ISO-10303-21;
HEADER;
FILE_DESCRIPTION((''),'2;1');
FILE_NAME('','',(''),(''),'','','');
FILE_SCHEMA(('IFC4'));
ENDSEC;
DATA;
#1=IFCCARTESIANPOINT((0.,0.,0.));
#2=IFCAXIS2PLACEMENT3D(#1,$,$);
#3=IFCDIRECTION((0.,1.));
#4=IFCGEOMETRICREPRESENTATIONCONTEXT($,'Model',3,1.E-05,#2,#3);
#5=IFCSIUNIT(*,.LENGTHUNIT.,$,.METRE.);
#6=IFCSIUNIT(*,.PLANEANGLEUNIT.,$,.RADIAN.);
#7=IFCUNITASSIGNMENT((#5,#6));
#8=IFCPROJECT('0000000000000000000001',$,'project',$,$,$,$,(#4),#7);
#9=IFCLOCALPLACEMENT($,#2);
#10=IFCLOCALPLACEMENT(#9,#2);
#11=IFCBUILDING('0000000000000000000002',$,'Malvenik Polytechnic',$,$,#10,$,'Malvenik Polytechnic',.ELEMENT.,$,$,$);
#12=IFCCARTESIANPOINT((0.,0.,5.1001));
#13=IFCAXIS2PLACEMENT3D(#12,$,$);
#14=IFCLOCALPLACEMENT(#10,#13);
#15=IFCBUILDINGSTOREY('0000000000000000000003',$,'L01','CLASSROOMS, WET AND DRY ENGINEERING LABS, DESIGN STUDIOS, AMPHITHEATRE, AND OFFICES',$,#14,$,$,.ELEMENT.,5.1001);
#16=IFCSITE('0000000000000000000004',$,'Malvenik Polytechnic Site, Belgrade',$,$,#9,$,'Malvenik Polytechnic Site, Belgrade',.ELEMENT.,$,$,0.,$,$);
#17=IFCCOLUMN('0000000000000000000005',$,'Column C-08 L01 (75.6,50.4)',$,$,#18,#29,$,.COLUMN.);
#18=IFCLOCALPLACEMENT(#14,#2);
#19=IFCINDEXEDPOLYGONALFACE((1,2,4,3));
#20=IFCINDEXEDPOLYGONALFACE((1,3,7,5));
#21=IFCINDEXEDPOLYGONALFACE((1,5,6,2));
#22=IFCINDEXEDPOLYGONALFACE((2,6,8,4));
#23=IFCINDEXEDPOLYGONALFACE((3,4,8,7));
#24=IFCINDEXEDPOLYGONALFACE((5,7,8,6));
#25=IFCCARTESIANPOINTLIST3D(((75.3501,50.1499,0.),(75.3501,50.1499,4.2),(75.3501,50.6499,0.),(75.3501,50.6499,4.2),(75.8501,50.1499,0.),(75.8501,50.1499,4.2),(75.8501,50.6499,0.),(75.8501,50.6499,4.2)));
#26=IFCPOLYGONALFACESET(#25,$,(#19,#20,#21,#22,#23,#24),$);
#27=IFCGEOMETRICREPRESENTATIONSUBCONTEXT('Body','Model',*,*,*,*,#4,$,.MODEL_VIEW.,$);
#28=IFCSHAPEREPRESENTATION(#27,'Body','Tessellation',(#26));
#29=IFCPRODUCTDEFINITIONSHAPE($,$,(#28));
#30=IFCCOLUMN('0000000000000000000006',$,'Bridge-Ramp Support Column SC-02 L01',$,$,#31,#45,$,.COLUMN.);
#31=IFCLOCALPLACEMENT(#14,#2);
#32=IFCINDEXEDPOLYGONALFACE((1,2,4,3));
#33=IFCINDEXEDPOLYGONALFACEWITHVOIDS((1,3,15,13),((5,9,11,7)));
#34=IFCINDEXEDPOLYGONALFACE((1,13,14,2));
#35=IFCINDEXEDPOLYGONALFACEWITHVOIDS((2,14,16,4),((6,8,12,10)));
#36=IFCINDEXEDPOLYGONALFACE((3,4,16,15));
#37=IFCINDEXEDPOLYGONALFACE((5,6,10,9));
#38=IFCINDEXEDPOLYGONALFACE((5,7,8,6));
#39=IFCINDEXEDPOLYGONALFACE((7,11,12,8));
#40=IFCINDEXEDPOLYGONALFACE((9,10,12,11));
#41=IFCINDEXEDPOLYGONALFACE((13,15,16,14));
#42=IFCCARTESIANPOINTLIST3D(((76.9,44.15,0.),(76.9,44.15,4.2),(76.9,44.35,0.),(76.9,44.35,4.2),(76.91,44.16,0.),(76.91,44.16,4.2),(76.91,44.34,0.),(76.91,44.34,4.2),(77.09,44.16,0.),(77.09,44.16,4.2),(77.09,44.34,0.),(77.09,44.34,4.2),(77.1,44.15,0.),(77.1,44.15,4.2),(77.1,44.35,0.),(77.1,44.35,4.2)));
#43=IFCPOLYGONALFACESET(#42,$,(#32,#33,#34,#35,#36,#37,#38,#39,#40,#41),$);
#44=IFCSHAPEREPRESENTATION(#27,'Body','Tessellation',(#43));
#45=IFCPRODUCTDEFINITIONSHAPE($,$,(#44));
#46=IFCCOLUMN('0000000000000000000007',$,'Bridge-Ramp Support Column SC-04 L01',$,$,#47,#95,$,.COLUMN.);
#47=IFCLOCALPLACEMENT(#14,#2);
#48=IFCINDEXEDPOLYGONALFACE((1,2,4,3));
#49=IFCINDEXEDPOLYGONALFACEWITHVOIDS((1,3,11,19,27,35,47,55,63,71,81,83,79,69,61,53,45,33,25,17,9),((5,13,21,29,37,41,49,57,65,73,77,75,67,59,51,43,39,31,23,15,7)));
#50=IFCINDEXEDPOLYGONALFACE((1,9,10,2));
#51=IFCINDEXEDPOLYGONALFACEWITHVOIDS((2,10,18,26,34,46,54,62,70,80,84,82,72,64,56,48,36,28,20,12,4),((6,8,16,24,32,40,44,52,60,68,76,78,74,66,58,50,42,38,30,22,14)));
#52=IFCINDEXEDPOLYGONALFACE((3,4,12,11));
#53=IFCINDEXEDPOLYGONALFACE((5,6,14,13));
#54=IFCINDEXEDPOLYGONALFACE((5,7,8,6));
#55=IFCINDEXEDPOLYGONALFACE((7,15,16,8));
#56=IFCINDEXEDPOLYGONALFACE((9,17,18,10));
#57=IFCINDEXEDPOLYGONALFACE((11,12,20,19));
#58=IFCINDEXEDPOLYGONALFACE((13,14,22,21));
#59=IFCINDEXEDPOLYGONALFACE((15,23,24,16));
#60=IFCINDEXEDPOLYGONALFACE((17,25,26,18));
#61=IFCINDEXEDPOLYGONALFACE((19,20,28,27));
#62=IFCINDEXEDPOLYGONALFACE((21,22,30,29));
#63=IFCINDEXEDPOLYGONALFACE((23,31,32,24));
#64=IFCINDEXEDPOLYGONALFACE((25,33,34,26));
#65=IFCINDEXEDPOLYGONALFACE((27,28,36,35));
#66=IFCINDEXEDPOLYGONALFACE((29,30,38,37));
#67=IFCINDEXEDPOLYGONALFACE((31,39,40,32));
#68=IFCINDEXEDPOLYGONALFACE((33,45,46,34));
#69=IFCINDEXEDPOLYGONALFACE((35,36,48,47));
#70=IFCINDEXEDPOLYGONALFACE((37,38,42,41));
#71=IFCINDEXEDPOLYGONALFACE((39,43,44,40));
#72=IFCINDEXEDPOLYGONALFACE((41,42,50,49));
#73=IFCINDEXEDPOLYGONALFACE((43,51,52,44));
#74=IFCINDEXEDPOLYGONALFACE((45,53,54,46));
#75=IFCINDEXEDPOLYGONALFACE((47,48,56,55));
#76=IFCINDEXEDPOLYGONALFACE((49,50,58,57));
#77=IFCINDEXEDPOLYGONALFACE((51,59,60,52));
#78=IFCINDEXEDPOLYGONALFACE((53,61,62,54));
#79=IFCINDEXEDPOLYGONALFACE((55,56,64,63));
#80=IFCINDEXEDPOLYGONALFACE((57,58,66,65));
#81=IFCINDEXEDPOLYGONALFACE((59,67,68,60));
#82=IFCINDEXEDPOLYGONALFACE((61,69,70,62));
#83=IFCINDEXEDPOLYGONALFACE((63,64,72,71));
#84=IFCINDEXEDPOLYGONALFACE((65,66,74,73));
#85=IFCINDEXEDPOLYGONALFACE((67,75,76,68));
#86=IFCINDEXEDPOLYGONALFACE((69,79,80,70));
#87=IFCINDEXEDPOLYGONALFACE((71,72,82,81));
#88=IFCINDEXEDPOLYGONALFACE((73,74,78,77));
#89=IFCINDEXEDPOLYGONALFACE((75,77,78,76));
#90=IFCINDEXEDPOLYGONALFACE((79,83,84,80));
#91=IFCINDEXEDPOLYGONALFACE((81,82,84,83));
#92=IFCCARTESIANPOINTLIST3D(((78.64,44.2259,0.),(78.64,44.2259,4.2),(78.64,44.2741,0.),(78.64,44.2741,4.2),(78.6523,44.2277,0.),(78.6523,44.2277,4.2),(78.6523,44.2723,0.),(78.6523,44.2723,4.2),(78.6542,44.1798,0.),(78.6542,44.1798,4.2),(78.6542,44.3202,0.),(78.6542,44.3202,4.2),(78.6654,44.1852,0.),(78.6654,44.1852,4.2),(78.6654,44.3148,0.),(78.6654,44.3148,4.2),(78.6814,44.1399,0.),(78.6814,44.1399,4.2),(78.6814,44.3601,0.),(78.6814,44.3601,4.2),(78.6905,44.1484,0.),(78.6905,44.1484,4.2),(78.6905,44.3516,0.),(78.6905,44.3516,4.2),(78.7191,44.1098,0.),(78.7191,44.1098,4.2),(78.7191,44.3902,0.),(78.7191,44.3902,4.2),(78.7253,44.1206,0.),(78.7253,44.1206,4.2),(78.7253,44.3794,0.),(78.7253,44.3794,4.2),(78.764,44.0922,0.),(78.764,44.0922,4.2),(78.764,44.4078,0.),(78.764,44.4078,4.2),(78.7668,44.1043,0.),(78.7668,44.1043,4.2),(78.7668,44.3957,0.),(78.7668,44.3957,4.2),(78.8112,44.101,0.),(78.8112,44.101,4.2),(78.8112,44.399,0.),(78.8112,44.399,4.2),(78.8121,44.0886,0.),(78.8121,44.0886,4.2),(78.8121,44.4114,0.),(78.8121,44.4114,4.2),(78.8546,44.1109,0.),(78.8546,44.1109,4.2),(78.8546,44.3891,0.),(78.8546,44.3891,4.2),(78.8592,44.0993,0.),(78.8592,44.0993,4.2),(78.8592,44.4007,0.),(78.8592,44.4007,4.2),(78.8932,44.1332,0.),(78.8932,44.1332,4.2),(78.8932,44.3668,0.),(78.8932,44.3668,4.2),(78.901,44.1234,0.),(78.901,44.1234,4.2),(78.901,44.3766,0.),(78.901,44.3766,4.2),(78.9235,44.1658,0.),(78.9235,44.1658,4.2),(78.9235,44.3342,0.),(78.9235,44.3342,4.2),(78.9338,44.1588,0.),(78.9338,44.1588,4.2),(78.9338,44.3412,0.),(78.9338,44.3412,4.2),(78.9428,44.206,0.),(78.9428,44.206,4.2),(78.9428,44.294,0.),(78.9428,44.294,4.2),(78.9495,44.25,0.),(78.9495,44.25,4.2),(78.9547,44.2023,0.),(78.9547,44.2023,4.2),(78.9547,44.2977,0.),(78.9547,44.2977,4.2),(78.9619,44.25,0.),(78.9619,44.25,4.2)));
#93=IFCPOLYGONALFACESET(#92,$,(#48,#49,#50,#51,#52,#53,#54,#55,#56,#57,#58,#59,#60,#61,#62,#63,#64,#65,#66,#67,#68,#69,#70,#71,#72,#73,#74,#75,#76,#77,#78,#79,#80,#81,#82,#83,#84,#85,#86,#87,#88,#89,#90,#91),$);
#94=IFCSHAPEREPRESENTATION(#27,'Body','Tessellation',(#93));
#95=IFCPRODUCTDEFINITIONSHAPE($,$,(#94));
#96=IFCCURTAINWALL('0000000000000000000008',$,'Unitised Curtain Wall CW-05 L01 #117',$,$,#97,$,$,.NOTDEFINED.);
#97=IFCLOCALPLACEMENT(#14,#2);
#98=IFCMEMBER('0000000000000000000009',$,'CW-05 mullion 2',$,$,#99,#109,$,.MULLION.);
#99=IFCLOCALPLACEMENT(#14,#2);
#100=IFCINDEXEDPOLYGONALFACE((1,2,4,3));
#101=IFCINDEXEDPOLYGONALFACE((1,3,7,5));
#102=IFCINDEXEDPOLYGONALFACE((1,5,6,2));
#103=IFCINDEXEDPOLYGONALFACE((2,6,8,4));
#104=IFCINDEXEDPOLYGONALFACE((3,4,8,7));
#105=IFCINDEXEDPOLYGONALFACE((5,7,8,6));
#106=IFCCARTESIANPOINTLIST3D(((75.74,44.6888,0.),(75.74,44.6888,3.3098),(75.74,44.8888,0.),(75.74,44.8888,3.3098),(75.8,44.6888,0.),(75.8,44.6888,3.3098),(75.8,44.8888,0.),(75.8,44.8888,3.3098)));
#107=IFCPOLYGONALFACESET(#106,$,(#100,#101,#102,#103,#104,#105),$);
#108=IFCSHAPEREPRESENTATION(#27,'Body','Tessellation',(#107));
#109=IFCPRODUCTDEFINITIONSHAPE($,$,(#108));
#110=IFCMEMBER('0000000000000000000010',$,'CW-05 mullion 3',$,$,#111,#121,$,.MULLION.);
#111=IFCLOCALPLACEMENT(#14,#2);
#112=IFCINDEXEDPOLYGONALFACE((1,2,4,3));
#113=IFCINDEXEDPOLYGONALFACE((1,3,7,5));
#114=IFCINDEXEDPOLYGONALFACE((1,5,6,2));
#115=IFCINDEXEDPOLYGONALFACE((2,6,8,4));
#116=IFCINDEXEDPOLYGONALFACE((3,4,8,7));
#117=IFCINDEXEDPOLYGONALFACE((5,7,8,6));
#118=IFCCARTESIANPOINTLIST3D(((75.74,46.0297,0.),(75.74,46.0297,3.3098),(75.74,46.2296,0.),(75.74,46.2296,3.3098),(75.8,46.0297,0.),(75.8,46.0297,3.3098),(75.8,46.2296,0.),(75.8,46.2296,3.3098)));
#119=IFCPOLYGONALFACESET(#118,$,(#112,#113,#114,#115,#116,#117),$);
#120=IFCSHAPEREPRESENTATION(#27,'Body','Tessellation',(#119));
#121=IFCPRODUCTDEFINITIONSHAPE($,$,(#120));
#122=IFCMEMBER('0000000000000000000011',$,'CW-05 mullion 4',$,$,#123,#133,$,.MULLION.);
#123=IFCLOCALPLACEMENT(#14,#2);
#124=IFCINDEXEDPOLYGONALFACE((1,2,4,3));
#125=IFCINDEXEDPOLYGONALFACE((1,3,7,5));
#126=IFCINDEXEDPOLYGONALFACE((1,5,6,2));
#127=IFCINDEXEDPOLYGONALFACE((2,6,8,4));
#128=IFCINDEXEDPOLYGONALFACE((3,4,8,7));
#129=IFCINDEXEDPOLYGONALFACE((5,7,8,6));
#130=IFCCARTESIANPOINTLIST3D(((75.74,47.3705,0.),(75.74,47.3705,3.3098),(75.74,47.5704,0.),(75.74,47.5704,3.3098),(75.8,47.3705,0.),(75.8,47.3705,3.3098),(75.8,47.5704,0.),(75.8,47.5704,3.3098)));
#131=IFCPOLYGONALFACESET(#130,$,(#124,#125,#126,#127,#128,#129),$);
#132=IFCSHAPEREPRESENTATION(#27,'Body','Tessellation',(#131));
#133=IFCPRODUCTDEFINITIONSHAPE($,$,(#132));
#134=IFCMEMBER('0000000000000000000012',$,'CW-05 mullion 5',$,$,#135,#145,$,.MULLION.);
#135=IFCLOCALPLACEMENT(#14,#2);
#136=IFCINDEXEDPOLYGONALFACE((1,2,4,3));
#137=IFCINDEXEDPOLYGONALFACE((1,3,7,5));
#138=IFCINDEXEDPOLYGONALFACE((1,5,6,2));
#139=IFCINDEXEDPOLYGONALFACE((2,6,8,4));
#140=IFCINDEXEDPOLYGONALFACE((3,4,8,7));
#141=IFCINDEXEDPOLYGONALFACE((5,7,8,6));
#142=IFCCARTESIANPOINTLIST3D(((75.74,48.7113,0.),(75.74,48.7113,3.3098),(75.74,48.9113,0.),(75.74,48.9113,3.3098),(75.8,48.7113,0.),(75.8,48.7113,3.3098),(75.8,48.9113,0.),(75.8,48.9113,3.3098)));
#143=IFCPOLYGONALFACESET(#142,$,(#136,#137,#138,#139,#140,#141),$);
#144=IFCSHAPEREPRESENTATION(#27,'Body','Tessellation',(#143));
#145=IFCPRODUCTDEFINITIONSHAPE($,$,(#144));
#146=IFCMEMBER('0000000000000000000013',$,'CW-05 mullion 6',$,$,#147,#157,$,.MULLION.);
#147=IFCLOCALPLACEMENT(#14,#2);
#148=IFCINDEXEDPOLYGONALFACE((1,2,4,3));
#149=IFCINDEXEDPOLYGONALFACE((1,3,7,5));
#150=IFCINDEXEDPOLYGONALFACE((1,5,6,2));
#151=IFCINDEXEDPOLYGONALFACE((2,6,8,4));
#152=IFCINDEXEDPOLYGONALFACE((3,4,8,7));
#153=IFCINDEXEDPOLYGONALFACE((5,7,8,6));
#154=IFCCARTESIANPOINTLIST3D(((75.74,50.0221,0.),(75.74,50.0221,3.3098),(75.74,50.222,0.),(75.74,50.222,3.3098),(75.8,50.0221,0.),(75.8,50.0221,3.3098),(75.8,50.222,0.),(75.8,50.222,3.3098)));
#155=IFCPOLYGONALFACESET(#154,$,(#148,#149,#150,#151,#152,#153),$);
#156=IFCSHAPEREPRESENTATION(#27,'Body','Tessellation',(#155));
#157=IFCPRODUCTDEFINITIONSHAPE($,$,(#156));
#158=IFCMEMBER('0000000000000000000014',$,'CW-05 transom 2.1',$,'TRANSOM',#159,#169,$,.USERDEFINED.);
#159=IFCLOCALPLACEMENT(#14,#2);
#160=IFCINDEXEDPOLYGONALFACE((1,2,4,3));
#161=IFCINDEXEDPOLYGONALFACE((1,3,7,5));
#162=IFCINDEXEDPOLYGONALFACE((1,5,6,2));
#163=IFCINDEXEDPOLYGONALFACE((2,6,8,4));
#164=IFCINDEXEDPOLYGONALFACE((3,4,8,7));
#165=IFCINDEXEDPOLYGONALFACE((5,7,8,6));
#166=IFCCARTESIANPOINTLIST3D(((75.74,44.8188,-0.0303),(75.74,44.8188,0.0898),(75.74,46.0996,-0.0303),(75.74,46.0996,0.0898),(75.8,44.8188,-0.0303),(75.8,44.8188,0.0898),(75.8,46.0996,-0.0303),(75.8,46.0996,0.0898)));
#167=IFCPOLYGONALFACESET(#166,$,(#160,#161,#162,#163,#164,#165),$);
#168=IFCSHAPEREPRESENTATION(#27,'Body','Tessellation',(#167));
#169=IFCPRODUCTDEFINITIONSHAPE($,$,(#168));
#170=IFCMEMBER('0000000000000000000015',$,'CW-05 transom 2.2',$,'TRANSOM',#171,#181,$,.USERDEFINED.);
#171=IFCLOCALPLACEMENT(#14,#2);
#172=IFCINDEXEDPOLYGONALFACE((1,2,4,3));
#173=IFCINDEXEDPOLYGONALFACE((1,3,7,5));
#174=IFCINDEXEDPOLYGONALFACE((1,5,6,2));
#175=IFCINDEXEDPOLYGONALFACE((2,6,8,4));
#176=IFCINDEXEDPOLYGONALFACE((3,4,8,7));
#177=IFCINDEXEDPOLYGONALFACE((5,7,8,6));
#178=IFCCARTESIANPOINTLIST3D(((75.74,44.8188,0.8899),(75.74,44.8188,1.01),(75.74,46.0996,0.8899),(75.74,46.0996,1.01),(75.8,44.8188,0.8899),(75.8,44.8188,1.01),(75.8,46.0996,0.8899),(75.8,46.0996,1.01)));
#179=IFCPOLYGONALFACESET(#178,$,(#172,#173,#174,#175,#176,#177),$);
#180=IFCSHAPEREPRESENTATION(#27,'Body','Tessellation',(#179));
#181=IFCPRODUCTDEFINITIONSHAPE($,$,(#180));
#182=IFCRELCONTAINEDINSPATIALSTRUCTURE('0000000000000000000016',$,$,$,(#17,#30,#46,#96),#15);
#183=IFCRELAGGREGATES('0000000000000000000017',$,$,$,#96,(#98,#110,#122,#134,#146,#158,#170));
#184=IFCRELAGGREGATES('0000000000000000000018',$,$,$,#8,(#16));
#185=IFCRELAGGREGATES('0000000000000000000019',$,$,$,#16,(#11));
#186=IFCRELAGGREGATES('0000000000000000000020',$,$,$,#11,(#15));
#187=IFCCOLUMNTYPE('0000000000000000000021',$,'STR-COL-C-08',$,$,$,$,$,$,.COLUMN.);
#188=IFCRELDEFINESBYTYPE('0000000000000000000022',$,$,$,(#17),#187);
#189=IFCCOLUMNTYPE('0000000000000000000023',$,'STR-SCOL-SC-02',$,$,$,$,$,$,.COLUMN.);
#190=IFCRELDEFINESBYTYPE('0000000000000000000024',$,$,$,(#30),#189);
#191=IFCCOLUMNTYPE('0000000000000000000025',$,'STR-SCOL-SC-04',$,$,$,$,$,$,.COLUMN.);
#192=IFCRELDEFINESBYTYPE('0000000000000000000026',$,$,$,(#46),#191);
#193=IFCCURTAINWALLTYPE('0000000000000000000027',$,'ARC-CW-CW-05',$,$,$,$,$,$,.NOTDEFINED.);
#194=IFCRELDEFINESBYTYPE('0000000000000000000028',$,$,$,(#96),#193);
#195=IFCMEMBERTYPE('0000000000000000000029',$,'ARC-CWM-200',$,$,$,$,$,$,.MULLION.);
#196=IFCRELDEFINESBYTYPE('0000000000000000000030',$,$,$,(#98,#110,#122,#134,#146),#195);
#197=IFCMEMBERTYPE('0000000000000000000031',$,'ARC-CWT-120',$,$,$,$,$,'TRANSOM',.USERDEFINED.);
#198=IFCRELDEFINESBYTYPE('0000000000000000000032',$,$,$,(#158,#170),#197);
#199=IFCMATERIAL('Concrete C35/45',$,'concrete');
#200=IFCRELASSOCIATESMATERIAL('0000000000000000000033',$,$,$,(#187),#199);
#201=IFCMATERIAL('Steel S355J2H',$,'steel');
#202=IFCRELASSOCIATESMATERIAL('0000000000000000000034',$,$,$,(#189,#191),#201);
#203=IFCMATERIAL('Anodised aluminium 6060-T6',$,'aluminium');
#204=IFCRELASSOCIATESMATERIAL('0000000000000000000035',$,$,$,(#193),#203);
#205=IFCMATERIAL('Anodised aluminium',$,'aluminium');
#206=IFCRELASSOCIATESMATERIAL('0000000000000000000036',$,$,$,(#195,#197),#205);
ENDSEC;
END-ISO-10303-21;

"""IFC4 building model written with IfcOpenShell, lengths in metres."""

from ifc_helpers import new_model, si_unit, direction, frame, origin, origin_2d, place, context, subcontext, project, spatial, rectangle, hollow_rectangle, hollow_circle, extrude, material, material_profile, profile_set, type_object, element, aggregate, save


model = new_model("IFC4")

# Units and contexts
model_context = context("Model", 3, precision=1e-05, world=origin(), true_north=direction((0.0, 1.0)))
body_context = subcontext(model_context, "Body", "Model", "MODEL_VIEW")
ifc_project = project(units=[si_unit("LENGTHUNIT", "METRE"), si_unit("PLANEANGLEUNIT", "RADIAN")], contexts=[model_context])

# Site, building, storey
site_placement = place(None, origin())
site = spatial("IfcSite", under=ifc_project, at=site_placement, Name="Malvenik Polytechnic Site, Belgrade", LongName="Malvenik Polytechnic Site, Belgrade", CompositionType="ELEMENT", RefElevation=0.0)
building_placement = place(site_placement, origin())
building = spatial("IfcBuilding", under=site, at=building_placement, Name="Malvenik Polytechnic", LongName="Malvenik Polytechnic", CompositionType="ELEMENT")
storey_placement = place(building_placement, frame((0.0, 0.0, 5.1001)))
storey = spatial("IfcBuildingStorey", under=building, at=storey_placement, Name="L01", Description="CLASSROOMS, WET AND DRY ENGINEERING LABS, DESIGN STUDIOS, AMPHITHEATRE, AND OFFICES", CompositionType="ELEMENT", Elevation=5.1001)

# Columns
ifc_material_1 = material(Name="Concrete C35/45", Category="concrete")
ifc_material_profile_1 = material_profile(ifc_material_1, rectangle(XDim=0.5, YDim=0.5, at=origin_2d()), Name="RC COL 500x500")
ifc_profile_set_1 = profile_set([ifc_material_profile_1], Name="Concrete C35/45")
column_type_1 = type_object("IfcColumnType", Name="STR-COL-C-08", PredefinedType="COLUMN", material=ifc_profile_set_1)
column_1_placement = place(storey_placement, frame((75.6001, 50.3999, 0.0), z_axis=(0.0, 0.0, 1.0), x_axis=(1.0, 0.0, 0.0)))
element("IfcColumn", 1, at=column_1_placement, inside=storey, type_object=column_type_1, Name="Column C-08 L01 (75.6,50.4)", PredefinedType="COLUMN", context=body_context, shape_type="SweptSolid", body=[
    extrude(rectangle(XDim=0.5, YDim=0.5, at=origin_2d()), origin(), (0.0, 0.0, 1.0), 4.2),
])
ifc_material_2 = material(Name="Steel S355J2H", Category="steel")
ifc_material_profile_2 = material_profile(ifc_material_2, hollow_rectangle(XDim=0.2, YDim=0.2, WallThickness=0.01, at=origin_2d()), Name="SHS 200x200x10.0")
ifc_profile_set_2 = profile_set([ifc_material_profile_2], Name="Steel S355J2H")
column_type_2 = type_object("IfcColumnType", Name="STR-SCOL-SC-02", PredefinedType="COLUMN", material=ifc_profile_set_2)
column_2_placement = place(storey_placement, frame((77.0, 44.25, 0.0), z_axis=(0.0, 0.0, 1.0), x_axis=(1.0, 0.0, 0.0)))
element("IfcColumn", 2, at=column_2_placement, inside=storey, type_object=column_type_2, Name="Bridge-Ramp Support Column SC-02 L01", PredefinedType="COLUMN", context=body_context, shape_type="SweptSolid", body=[
    extrude(hollow_rectangle(XDim=0.2, YDim=0.2, WallThickness=0.01, at=origin_2d()), origin(), (0.0, 0.0, 1.0), 4.2),
])
ifc_material_profile_3 = material_profile(ifc_material_2, hollow_circle(Radius=0.1619, WallThickness=0.0125, at=origin_2d()), Name="CHS 323.9x12.5")
ifc_profile_set_3 = profile_set([ifc_material_profile_3], Name="Steel S355J2H")
column_type_3 = type_object("IfcColumnType", Name="STR-SCOL-SC-04", PredefinedType="COLUMN", material=ifc_profile_set_3)
column_3_placement = place(storey_placement, frame((78.8, 44.25, 0.0), z_axis=(0.0, 0.0, 1.0), x_axis=(1.0, 0.0, 0.0)))
element("IfcColumn", 3, at=column_3_placement, inside=storey, type_object=column_type_3, Name="Bridge-Ramp Support Column SC-04 L01", PredefinedType="COLUMN", context=body_context, shape_type="SweptSolid", body=[
    extrude(hollow_circle(Radius=0.1619, WallThickness=0.0125, at=origin_2d()), origin(), (0.0, 0.0, 1.0), 4.2),
])

# Curtain wall, members
ifc_material_3 = material(Name="Anodised aluminium 6060-T6", Category="aluminium")
curtain_wall_type = type_object("IfcCurtainWallType", Name="ARC-CW-CW-05", PredefinedType="NOTDEFINED", material=ifc_material_3)
curtain_wall_1_placement = place(storey_placement, origin())
curtain_wall_1 = element("IfcCurtainWall", 4, at=curtain_wall_1_placement, inside=storey, type_object=curtain_wall_type, Name="Unitised Curtain Wall CW-05 L01 #117", PredefinedType="NOTDEFINED")
ifc_material_4 = material(Name="Anodised aluminium", Category="aluminium")
ifc_material_profile_4 = material_profile(ifc_material_4, rectangle(XDim=0.0601, YDim=0.2, at=origin_2d()), Name="ALU MULLION 60x200")
ifc_profile_set_4 = profile_set([ifc_material_profile_4], Name="Anodised aluminium")
member_type_1 = type_object("IfcMemberType", Name="ARC-CWM-200", PredefinedType="MULLION", material=ifc_profile_set_4)
member_1_placement = place(storey_placement, frame((75.77, 44.7888, 0.0), z_axis=(0.0, 0.0, 1.0), x_axis=(-1.0, 0.0, 0.0)))
member_1 = element("IfcMember", 5, at=member_1_placement, type_object=member_type_1, Name="CW-05 mullion 2", PredefinedType="MULLION", context=body_context, shape_type="SweptSolid", body=[
    extrude(rectangle(XDim=0.0601, YDim=0.2, at=origin_2d()), origin(), (0.0, 0.0, 1.0), 3.3098),
])
member_2_placement = place(storey_placement, frame((75.77, 46.1296, 0.0), z_axis=(0.0, 0.0, 1.0), x_axis=(-1.0, 0.0, 0.0)))
member_2 = element("IfcMember", 6, at=member_2_placement, type_object=member_type_1, Name="CW-05 mullion 3", PredefinedType="MULLION", context=body_context, shape_type="SweptSolid", body=[
    extrude(rectangle(XDim=0.0601, YDim=0.2, at=origin_2d()), origin(), (0.0, 0.0, 1.0), 3.3098),
])
member_3_placement = place(storey_placement, frame((75.77, 47.4705, 0.0), z_axis=(0.0, 0.0, 1.0), x_axis=(-1.0, 0.0, 0.0)))
member_3 = element("IfcMember", 7, at=member_3_placement, type_object=member_type_1, Name="CW-05 mullion 4", PredefinedType="MULLION", context=body_context, shape_type="SweptSolid", body=[
    extrude(rectangle(XDim=0.0601, YDim=0.2, at=origin_2d()), origin(), (0.0, 0.0, 1.0), 3.3098),
])
member_4_placement = place(storey_placement, frame((75.77, 48.8113, 0.0), z_axis=(0.0, 0.0, 1.0), x_axis=(-1.0, 0.0, 0.0)))
member_4 = element("IfcMember", 8, at=member_4_placement, type_object=member_type_1, Name="CW-05 mullion 5", PredefinedType="MULLION", context=body_context, shape_type="SweptSolid", body=[
    extrude(rectangle(XDim=0.0601, YDim=0.2, at=origin_2d()), origin(), (0.0, 0.0, 1.0), 3.3098),
])
member_5_placement = place(storey_placement, frame((75.77, 50.1221, 0.0), z_axis=(0.0, 0.0, 1.0), x_axis=(-1.0, 0.0, 0.0)))
member_5 = element("IfcMember", 9, at=member_5_placement, type_object=member_type_1, Name="CW-05 mullion 6", PredefinedType="MULLION", context=body_context, shape_type="SweptSolid", body=[
    extrude(rectangle(XDim=0.0601, YDim=0.2, at=origin_2d()), origin(), (0.0, 0.0, 1.0), 3.3098),
])
ifc_material_profile_5 = material_profile(ifc_material_4, rectangle(XDim=0.0601, YDim=0.1201, at=origin_2d()), Name="ALU TRANSOM 60x120")
ifc_profile_set_5 = profile_set([ifc_material_profile_5], Name="Anodised aluminium")
member_type_2 = type_object("IfcMemberType", Name="ARC-CWT-120", ElementType="TRANSOM", PredefinedType="USERDEFINED", material=ifc_profile_set_5)
member_6_placement = place(storey_placement, frame((75.77, 44.8188, 0.0298), z_axis=(0.0, 1.0, 0.0), x_axis=(-1.0, 0.0, 0.0)))
member_6 = element("IfcMember", 10, at=member_6_placement, type_object=member_type_2, Name="CW-05 transom 2.1", ObjectType="TRANSOM", PredefinedType="USERDEFINED", context=body_context, shape_type="SweptSolid", body=[
    extrude(rectangle(XDim=0.0601, YDim=0.1201, at=origin_2d()), origin(), (0.0, 0.0, 1.0), 1.2808),
])
member_7_placement = place(storey_placement, frame((75.77, 44.8188, 0.95), z_axis=(0.0, 1.0, 0.0), x_axis=(-1.0, 0.0, 0.0)))
member_7 = element("IfcMember", 11, at=member_7_placement, type_object=member_type_2, Name="CW-05 transom 2.2", ObjectType="TRANSOM", PredefinedType="USERDEFINED", context=body_context, shape_type="SweptSolid", body=[
    extrude(rectangle(XDim=0.0601, YDim=0.1201, at=origin_2d()), origin(), (0.0, 0.0, 1.0), 1.2808),
])

aggregate(curtain_wall_1, [member_1, member_2, member_3, member_4, member_5, member_6, member_7])

save(model, "model.ifc")
